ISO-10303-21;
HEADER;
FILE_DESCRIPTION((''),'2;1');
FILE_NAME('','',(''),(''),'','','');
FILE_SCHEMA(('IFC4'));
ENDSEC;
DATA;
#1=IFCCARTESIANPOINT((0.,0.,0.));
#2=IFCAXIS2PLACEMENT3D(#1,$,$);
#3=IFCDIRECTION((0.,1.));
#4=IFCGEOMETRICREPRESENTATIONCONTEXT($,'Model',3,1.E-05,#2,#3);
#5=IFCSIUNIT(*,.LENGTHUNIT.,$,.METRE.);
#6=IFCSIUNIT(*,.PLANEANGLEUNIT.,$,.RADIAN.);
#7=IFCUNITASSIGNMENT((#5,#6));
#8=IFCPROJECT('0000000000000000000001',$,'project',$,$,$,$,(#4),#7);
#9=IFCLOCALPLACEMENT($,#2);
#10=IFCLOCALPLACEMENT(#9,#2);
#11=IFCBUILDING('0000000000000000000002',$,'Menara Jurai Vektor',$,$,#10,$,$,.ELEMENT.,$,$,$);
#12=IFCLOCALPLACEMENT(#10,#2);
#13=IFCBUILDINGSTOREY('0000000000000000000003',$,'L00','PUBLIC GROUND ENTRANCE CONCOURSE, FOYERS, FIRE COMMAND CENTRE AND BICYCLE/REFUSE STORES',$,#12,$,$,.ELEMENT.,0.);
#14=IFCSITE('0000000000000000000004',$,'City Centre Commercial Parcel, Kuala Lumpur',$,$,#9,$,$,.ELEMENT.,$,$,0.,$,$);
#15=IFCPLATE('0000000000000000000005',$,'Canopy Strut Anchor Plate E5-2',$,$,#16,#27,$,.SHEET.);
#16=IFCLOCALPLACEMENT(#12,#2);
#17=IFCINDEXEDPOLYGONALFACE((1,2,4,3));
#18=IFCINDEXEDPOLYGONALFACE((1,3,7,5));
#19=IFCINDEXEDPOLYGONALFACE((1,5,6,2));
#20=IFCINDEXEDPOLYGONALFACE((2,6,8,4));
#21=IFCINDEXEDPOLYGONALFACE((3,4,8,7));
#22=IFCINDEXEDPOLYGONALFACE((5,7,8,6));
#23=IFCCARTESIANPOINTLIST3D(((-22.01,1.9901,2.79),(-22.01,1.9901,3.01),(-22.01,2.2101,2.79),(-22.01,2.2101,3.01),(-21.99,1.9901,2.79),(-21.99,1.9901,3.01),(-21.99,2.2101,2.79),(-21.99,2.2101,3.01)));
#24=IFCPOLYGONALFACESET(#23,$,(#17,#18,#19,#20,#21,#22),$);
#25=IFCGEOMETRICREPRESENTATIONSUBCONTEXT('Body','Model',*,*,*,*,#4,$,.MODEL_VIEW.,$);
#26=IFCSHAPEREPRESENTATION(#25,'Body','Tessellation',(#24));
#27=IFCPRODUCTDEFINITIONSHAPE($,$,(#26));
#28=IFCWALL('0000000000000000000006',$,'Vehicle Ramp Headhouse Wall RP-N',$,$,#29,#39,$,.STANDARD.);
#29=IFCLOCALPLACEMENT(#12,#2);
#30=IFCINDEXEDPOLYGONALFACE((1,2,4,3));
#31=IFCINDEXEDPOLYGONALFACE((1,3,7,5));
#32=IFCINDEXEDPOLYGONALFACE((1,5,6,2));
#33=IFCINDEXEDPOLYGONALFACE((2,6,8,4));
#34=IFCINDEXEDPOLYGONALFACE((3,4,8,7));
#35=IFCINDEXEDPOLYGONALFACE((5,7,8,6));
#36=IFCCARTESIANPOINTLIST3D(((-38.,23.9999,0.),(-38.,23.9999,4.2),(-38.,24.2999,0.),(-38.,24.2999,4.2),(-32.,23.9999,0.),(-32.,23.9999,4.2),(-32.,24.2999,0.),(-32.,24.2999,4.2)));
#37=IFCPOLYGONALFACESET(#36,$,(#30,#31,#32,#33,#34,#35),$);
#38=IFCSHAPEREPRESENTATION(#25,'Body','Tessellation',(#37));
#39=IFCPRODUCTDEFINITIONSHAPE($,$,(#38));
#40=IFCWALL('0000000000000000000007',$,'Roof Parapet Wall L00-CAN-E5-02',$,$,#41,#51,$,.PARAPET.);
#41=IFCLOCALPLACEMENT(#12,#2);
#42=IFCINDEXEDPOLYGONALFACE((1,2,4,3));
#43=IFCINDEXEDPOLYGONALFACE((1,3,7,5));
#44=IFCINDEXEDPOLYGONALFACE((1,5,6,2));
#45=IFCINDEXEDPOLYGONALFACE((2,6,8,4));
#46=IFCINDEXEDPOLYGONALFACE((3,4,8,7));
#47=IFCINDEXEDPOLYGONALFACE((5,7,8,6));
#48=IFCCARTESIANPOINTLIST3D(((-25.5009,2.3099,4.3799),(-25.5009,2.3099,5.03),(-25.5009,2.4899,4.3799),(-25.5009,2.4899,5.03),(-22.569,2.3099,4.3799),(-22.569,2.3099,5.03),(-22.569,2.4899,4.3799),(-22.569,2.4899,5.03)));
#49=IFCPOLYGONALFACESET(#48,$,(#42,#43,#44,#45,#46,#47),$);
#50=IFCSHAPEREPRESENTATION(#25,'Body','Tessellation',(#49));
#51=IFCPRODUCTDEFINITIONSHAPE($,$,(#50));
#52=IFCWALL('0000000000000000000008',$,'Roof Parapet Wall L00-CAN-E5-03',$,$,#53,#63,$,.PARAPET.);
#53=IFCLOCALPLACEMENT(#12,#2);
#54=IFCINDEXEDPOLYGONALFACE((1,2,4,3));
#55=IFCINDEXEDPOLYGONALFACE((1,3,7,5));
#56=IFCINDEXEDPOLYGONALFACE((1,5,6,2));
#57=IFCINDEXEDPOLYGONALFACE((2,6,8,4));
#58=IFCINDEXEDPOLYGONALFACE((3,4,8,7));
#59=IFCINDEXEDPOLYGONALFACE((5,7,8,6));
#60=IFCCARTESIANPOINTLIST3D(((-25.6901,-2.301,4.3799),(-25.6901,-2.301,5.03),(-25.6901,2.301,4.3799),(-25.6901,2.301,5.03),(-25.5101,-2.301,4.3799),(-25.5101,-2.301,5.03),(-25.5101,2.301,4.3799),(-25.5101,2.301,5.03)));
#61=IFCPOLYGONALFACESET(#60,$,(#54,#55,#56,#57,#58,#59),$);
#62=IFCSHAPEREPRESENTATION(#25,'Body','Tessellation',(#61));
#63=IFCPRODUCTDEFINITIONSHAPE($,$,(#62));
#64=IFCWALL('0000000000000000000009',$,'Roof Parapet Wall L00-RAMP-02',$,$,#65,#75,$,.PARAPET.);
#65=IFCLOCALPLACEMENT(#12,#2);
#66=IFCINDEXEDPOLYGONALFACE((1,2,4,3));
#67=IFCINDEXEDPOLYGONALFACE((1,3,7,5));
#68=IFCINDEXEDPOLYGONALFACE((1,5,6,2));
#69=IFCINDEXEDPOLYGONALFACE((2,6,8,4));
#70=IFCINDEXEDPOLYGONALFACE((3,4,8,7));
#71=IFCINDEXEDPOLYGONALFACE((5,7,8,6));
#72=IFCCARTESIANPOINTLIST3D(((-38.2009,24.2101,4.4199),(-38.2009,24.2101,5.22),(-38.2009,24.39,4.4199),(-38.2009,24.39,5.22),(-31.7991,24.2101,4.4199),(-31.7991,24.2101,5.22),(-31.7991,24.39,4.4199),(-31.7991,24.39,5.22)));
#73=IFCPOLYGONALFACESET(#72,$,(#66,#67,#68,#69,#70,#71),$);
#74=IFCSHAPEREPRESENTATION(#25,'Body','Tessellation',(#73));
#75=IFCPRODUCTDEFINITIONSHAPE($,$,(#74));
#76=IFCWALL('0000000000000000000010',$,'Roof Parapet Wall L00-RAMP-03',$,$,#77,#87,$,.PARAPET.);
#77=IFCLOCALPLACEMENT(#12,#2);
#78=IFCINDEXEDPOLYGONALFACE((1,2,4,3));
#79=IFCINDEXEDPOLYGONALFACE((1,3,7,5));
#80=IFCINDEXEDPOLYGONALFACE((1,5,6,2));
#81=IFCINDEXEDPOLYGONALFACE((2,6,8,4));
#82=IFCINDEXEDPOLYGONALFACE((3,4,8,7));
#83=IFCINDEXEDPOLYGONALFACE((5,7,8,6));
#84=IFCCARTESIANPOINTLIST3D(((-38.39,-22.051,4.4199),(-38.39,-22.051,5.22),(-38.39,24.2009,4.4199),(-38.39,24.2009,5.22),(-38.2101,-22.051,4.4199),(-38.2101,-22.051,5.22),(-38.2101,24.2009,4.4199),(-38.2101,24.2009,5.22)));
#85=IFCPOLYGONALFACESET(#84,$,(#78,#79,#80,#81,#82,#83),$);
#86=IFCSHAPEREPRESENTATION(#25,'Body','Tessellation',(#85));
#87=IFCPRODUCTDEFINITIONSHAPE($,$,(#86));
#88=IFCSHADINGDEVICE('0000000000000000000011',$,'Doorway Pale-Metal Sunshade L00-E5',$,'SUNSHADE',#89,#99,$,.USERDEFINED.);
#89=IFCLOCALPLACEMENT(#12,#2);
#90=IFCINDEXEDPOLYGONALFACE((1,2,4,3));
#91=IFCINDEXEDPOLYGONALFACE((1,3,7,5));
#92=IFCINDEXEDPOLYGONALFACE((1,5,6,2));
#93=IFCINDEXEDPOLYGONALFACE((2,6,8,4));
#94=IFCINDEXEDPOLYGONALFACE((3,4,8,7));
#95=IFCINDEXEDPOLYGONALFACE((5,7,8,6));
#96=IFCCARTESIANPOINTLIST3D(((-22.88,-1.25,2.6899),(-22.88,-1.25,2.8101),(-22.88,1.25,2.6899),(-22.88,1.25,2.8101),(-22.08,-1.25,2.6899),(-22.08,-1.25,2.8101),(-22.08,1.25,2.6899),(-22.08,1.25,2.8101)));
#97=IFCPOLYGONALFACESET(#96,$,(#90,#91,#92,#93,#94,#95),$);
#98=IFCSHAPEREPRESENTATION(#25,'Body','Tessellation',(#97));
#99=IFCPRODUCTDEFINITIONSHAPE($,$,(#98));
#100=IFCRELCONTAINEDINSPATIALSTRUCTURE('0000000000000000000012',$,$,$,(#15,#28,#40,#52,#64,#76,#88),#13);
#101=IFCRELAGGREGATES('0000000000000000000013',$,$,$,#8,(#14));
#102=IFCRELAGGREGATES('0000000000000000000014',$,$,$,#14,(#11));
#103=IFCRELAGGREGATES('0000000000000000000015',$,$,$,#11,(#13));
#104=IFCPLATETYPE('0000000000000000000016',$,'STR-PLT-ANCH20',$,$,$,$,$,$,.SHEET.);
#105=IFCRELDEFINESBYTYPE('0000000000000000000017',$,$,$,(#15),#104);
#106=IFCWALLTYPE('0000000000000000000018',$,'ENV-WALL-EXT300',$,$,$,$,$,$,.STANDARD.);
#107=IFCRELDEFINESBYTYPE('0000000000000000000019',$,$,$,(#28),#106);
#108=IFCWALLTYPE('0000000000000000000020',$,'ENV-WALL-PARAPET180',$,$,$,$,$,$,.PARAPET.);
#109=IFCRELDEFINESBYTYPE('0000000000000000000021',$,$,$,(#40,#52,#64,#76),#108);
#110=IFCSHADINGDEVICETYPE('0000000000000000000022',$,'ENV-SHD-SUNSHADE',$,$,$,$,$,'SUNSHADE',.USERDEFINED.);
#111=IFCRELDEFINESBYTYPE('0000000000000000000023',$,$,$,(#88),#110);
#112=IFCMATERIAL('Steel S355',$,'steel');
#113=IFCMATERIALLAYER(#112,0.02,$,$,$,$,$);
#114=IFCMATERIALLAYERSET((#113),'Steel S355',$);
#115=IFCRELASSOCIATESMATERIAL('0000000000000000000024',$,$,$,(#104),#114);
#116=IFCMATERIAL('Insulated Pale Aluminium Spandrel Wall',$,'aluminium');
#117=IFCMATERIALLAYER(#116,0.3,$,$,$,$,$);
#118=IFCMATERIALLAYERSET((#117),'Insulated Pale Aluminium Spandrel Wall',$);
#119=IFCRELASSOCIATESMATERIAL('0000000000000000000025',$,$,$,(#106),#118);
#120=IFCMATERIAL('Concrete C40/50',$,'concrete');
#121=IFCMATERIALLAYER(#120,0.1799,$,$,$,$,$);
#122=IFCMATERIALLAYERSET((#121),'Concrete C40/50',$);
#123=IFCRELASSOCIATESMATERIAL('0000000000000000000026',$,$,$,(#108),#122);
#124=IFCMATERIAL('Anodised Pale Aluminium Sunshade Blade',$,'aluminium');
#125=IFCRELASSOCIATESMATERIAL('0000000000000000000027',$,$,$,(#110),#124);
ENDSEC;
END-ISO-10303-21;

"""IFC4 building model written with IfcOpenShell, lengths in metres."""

from ifc_helpers import new_model, si_unit, direction, frame, frame_2d, origin, origin_2d, place, context, subcontext, project, spatial, rectangle, extrude, material, layer, layer_set, type_object, element, save


model = new_model("IFC4")

# Units and contexts
model_context = context("Model", 3, precision=1e-05, world=origin(), true_north=direction((0.0, 1.0)))
body_context = subcontext(model_context, "Body", "Model", "MODEL_VIEW")
ifc_project = project(units=[si_unit("LENGTHUNIT", "METRE"), si_unit("PLANEANGLEUNIT", "RADIAN")], contexts=[model_context])

# Site, building, storey
site_placement = place(None, origin())
site = spatial("IfcSite", under=ifc_project, at=site_placement, Name="City Centre Commercial Parcel, Kuala Lumpur", CompositionType="ELEMENT", RefElevation=0.0)
building_placement = place(site_placement, origin())
building = spatial("IfcBuilding", under=site, at=building_placement, Name="Menara Jurai Vektor", CompositionType="ELEMENT")
storey_placement = place(building_placement, origin())
storey = spatial("IfcBuildingStorey", under=building, at=storey_placement, Name="L00", Description="PUBLIC GROUND ENTRANCE CONCOURSE, FOYERS, FIRE COMMAND CENTRE AND BICYCLE/REFUSE STORES", CompositionType="ELEMENT", Elevation=0.0)

# Shared definitions
ifc_material_1 = material(Name="Concrete C40/50", Category="concrete")

# Shared definitions
ifc_material_2 = material(Name="Steel S355", Category="steel")

# Plate
ifc_layer_1 = layer(ifc_material_2, 0.02)
ifc_layer_set_1 = layer_set([ifc_layer_1], Name="Steel S355")
plate_type = type_object("IfcPlateType", Name="STR-PLT-ANCH20", PredefinedType="SHEET", material=ifc_layer_set_1)
plate_placement = place(storey_placement, frame((-22.0, 2.1001, 2.79), z_axis=(0.0, 0.0, 1.0), x_axis=(0.0, 1.0, 0.0)))
element("IfcPlate", 1, at=plate_placement, inside=storey, type_object=plate_type, Name="Canopy Strut Anchor Plate E5-2", PredefinedType="SHEET", context=body_context, shape_type="SweptSolid", body=[
    extrude(rectangle(XDim=0.22, YDim=0.02, at=origin_2d()), origin(), (0.0, 0.0, 1.0), 0.22),
])

# Walls
ifc_material_3 = material(Name="Insulated Pale Aluminium Spandrel Wall", Category="aluminium")
ifc_layer_2 = layer(ifc_material_3, 0.3)
ifc_layer_set_2 = layer_set([ifc_layer_2], Name="Insulated Pale Aluminium Spandrel Wall")
wall_type_1 = type_object("IfcWallType", Name="ENV-WALL-EXT300", PredefinedType="STANDARD", material=ifc_layer_set_2)
wall_1_placement = place(storey_placement, frame((-38.0, 24.1499, 0.0), z_axis=(0.0, 0.0, 1.0), x_axis=(1.0, 0.0, 0.0)))
element("IfcWall", 2, at=wall_1_placement, inside=storey, type_object=wall_type_1, Name="Vehicle Ramp Headhouse Wall RP-N", PredefinedType="STANDARD", context=body_context, shape_type="SweptSolid", body=[
    extrude(rectangle(XDim=6.0, YDim=0.3, at=frame_2d((3.0, 0.0))), origin(), (0.0, 0.0, 1.0), 4.2),
])
ifc_layer_3 = layer(ifc_material_1, 0.1799)
ifc_layer_set_3 = layer_set([ifc_layer_3], Name="Concrete C40/50")
wall_type_2 = type_object("IfcWallType", Name="ENV-WALL-PARAPET180", PredefinedType="PARAPET", material=ifc_layer_set_3)
wall_2_placement = place(storey_placement, frame((-22.5691, 2.3999, 4.3799), z_axis=(0.0, 0.0, 1.0), x_axis=(-1.0, 0.0, 0.0)))
element("IfcWall", 3, at=wall_2_placement, inside=storey, type_object=wall_type_2, Name="Roof Parapet Wall L00-CAN-E5-02", PredefinedType="PARAPET", context=body_context, shape_type="SweptSolid", body=[
    extrude(rectangle(XDim=2.9319, YDim=0.1799, at=frame_2d((1.4658, 0.0))), origin(), (0.0, 0.0, 1.0), 0.6501),
])
wall_3_placement = place(storey_placement, frame((-25.6001, 2.301, 4.3799), z_axis=(0.0, 0.0, 1.0), x_axis=(0.0, -1.0, 0.0)))
element("IfcWall", 4, at=wall_3_placement, inside=storey, type_object=wall_type_2, Name="Roof Parapet Wall L00-CAN-E5-03", PredefinedType="PARAPET", context=body_context, shape_type="SweptSolid", body=[
    extrude(rectangle(XDim=4.6021, YDim=0.1799, at=frame_2d((2.301, 0.0))), origin(), (0.0, 0.0, 1.0), 0.6501),
])
wall_4_placement = place(storey_placement, frame((-31.7991, 24.3, 4.4199), z_axis=(0.0, 0.0, 1.0), x_axis=(-1.0, 0.0, 0.0)))
element("IfcWall", 5, at=wall_4_placement, inside=storey, type_object=wall_type_2, Name="Roof Parapet Wall L00-RAMP-02", PredefinedType="PARAPET", context=body_context, shape_type="SweptSolid", body=[
    extrude(rectangle(XDim=6.4019, YDim=0.1799, at=frame_2d((3.2009, 0.0))), origin(), (0.0, 0.0, 1.0), 0.8),
])
wall_5_placement = place(storey_placement, frame((-38.3, 24.2009, 4.4199), z_axis=(0.0, 0.0, 1.0), x_axis=(0.0, -1.0, 0.0)))
element("IfcWall", 6, at=wall_5_placement, inside=storey, type_object=wall_type_2, Name="Roof Parapet Wall L00-RAMP-03", PredefinedType="PARAPET", context=body_context, shape_type="SweptSolid", body=[
    extrude(rectangle(XDim=46.252, YDim=0.1799, at=frame_2d((23.126, 0.0))), origin(), (0.0, 0.0, 1.0), 0.8),
])

# Shading device
ifc_material_4 = material(Name="Anodised Pale Aluminium Sunshade Blade", Category="aluminium")
shading_device_type = type_object("IfcShadingDeviceType", Name="ENV-SHD-SUNSHADE", ElementType="SUNSHADE", PredefinedType="USERDEFINED", material=ifc_material_4)
shading_device_placement = place(storey_placement, frame((-22.48, 0.0, 2.6899), z_axis=(0.0, 0.0, 1.0), x_axis=(0.0, 1.0, 0.0)))
element("IfcShadingDevice", 7, at=shading_device_placement, inside=storey, type_object=shading_device_type, Name="Doorway Pale-Metal Sunshade L00-E5", ObjectType="SUNSHADE", PredefinedType="USERDEFINED", context=body_context, shape_type="SweptSolid", body=[
    extrude(rectangle(XDim=2.5, YDim=0.8, at=origin_2d()), origin(), (0.0, 0.0, 1.0), 0.1201),
])

save(model, "model.ifc")
